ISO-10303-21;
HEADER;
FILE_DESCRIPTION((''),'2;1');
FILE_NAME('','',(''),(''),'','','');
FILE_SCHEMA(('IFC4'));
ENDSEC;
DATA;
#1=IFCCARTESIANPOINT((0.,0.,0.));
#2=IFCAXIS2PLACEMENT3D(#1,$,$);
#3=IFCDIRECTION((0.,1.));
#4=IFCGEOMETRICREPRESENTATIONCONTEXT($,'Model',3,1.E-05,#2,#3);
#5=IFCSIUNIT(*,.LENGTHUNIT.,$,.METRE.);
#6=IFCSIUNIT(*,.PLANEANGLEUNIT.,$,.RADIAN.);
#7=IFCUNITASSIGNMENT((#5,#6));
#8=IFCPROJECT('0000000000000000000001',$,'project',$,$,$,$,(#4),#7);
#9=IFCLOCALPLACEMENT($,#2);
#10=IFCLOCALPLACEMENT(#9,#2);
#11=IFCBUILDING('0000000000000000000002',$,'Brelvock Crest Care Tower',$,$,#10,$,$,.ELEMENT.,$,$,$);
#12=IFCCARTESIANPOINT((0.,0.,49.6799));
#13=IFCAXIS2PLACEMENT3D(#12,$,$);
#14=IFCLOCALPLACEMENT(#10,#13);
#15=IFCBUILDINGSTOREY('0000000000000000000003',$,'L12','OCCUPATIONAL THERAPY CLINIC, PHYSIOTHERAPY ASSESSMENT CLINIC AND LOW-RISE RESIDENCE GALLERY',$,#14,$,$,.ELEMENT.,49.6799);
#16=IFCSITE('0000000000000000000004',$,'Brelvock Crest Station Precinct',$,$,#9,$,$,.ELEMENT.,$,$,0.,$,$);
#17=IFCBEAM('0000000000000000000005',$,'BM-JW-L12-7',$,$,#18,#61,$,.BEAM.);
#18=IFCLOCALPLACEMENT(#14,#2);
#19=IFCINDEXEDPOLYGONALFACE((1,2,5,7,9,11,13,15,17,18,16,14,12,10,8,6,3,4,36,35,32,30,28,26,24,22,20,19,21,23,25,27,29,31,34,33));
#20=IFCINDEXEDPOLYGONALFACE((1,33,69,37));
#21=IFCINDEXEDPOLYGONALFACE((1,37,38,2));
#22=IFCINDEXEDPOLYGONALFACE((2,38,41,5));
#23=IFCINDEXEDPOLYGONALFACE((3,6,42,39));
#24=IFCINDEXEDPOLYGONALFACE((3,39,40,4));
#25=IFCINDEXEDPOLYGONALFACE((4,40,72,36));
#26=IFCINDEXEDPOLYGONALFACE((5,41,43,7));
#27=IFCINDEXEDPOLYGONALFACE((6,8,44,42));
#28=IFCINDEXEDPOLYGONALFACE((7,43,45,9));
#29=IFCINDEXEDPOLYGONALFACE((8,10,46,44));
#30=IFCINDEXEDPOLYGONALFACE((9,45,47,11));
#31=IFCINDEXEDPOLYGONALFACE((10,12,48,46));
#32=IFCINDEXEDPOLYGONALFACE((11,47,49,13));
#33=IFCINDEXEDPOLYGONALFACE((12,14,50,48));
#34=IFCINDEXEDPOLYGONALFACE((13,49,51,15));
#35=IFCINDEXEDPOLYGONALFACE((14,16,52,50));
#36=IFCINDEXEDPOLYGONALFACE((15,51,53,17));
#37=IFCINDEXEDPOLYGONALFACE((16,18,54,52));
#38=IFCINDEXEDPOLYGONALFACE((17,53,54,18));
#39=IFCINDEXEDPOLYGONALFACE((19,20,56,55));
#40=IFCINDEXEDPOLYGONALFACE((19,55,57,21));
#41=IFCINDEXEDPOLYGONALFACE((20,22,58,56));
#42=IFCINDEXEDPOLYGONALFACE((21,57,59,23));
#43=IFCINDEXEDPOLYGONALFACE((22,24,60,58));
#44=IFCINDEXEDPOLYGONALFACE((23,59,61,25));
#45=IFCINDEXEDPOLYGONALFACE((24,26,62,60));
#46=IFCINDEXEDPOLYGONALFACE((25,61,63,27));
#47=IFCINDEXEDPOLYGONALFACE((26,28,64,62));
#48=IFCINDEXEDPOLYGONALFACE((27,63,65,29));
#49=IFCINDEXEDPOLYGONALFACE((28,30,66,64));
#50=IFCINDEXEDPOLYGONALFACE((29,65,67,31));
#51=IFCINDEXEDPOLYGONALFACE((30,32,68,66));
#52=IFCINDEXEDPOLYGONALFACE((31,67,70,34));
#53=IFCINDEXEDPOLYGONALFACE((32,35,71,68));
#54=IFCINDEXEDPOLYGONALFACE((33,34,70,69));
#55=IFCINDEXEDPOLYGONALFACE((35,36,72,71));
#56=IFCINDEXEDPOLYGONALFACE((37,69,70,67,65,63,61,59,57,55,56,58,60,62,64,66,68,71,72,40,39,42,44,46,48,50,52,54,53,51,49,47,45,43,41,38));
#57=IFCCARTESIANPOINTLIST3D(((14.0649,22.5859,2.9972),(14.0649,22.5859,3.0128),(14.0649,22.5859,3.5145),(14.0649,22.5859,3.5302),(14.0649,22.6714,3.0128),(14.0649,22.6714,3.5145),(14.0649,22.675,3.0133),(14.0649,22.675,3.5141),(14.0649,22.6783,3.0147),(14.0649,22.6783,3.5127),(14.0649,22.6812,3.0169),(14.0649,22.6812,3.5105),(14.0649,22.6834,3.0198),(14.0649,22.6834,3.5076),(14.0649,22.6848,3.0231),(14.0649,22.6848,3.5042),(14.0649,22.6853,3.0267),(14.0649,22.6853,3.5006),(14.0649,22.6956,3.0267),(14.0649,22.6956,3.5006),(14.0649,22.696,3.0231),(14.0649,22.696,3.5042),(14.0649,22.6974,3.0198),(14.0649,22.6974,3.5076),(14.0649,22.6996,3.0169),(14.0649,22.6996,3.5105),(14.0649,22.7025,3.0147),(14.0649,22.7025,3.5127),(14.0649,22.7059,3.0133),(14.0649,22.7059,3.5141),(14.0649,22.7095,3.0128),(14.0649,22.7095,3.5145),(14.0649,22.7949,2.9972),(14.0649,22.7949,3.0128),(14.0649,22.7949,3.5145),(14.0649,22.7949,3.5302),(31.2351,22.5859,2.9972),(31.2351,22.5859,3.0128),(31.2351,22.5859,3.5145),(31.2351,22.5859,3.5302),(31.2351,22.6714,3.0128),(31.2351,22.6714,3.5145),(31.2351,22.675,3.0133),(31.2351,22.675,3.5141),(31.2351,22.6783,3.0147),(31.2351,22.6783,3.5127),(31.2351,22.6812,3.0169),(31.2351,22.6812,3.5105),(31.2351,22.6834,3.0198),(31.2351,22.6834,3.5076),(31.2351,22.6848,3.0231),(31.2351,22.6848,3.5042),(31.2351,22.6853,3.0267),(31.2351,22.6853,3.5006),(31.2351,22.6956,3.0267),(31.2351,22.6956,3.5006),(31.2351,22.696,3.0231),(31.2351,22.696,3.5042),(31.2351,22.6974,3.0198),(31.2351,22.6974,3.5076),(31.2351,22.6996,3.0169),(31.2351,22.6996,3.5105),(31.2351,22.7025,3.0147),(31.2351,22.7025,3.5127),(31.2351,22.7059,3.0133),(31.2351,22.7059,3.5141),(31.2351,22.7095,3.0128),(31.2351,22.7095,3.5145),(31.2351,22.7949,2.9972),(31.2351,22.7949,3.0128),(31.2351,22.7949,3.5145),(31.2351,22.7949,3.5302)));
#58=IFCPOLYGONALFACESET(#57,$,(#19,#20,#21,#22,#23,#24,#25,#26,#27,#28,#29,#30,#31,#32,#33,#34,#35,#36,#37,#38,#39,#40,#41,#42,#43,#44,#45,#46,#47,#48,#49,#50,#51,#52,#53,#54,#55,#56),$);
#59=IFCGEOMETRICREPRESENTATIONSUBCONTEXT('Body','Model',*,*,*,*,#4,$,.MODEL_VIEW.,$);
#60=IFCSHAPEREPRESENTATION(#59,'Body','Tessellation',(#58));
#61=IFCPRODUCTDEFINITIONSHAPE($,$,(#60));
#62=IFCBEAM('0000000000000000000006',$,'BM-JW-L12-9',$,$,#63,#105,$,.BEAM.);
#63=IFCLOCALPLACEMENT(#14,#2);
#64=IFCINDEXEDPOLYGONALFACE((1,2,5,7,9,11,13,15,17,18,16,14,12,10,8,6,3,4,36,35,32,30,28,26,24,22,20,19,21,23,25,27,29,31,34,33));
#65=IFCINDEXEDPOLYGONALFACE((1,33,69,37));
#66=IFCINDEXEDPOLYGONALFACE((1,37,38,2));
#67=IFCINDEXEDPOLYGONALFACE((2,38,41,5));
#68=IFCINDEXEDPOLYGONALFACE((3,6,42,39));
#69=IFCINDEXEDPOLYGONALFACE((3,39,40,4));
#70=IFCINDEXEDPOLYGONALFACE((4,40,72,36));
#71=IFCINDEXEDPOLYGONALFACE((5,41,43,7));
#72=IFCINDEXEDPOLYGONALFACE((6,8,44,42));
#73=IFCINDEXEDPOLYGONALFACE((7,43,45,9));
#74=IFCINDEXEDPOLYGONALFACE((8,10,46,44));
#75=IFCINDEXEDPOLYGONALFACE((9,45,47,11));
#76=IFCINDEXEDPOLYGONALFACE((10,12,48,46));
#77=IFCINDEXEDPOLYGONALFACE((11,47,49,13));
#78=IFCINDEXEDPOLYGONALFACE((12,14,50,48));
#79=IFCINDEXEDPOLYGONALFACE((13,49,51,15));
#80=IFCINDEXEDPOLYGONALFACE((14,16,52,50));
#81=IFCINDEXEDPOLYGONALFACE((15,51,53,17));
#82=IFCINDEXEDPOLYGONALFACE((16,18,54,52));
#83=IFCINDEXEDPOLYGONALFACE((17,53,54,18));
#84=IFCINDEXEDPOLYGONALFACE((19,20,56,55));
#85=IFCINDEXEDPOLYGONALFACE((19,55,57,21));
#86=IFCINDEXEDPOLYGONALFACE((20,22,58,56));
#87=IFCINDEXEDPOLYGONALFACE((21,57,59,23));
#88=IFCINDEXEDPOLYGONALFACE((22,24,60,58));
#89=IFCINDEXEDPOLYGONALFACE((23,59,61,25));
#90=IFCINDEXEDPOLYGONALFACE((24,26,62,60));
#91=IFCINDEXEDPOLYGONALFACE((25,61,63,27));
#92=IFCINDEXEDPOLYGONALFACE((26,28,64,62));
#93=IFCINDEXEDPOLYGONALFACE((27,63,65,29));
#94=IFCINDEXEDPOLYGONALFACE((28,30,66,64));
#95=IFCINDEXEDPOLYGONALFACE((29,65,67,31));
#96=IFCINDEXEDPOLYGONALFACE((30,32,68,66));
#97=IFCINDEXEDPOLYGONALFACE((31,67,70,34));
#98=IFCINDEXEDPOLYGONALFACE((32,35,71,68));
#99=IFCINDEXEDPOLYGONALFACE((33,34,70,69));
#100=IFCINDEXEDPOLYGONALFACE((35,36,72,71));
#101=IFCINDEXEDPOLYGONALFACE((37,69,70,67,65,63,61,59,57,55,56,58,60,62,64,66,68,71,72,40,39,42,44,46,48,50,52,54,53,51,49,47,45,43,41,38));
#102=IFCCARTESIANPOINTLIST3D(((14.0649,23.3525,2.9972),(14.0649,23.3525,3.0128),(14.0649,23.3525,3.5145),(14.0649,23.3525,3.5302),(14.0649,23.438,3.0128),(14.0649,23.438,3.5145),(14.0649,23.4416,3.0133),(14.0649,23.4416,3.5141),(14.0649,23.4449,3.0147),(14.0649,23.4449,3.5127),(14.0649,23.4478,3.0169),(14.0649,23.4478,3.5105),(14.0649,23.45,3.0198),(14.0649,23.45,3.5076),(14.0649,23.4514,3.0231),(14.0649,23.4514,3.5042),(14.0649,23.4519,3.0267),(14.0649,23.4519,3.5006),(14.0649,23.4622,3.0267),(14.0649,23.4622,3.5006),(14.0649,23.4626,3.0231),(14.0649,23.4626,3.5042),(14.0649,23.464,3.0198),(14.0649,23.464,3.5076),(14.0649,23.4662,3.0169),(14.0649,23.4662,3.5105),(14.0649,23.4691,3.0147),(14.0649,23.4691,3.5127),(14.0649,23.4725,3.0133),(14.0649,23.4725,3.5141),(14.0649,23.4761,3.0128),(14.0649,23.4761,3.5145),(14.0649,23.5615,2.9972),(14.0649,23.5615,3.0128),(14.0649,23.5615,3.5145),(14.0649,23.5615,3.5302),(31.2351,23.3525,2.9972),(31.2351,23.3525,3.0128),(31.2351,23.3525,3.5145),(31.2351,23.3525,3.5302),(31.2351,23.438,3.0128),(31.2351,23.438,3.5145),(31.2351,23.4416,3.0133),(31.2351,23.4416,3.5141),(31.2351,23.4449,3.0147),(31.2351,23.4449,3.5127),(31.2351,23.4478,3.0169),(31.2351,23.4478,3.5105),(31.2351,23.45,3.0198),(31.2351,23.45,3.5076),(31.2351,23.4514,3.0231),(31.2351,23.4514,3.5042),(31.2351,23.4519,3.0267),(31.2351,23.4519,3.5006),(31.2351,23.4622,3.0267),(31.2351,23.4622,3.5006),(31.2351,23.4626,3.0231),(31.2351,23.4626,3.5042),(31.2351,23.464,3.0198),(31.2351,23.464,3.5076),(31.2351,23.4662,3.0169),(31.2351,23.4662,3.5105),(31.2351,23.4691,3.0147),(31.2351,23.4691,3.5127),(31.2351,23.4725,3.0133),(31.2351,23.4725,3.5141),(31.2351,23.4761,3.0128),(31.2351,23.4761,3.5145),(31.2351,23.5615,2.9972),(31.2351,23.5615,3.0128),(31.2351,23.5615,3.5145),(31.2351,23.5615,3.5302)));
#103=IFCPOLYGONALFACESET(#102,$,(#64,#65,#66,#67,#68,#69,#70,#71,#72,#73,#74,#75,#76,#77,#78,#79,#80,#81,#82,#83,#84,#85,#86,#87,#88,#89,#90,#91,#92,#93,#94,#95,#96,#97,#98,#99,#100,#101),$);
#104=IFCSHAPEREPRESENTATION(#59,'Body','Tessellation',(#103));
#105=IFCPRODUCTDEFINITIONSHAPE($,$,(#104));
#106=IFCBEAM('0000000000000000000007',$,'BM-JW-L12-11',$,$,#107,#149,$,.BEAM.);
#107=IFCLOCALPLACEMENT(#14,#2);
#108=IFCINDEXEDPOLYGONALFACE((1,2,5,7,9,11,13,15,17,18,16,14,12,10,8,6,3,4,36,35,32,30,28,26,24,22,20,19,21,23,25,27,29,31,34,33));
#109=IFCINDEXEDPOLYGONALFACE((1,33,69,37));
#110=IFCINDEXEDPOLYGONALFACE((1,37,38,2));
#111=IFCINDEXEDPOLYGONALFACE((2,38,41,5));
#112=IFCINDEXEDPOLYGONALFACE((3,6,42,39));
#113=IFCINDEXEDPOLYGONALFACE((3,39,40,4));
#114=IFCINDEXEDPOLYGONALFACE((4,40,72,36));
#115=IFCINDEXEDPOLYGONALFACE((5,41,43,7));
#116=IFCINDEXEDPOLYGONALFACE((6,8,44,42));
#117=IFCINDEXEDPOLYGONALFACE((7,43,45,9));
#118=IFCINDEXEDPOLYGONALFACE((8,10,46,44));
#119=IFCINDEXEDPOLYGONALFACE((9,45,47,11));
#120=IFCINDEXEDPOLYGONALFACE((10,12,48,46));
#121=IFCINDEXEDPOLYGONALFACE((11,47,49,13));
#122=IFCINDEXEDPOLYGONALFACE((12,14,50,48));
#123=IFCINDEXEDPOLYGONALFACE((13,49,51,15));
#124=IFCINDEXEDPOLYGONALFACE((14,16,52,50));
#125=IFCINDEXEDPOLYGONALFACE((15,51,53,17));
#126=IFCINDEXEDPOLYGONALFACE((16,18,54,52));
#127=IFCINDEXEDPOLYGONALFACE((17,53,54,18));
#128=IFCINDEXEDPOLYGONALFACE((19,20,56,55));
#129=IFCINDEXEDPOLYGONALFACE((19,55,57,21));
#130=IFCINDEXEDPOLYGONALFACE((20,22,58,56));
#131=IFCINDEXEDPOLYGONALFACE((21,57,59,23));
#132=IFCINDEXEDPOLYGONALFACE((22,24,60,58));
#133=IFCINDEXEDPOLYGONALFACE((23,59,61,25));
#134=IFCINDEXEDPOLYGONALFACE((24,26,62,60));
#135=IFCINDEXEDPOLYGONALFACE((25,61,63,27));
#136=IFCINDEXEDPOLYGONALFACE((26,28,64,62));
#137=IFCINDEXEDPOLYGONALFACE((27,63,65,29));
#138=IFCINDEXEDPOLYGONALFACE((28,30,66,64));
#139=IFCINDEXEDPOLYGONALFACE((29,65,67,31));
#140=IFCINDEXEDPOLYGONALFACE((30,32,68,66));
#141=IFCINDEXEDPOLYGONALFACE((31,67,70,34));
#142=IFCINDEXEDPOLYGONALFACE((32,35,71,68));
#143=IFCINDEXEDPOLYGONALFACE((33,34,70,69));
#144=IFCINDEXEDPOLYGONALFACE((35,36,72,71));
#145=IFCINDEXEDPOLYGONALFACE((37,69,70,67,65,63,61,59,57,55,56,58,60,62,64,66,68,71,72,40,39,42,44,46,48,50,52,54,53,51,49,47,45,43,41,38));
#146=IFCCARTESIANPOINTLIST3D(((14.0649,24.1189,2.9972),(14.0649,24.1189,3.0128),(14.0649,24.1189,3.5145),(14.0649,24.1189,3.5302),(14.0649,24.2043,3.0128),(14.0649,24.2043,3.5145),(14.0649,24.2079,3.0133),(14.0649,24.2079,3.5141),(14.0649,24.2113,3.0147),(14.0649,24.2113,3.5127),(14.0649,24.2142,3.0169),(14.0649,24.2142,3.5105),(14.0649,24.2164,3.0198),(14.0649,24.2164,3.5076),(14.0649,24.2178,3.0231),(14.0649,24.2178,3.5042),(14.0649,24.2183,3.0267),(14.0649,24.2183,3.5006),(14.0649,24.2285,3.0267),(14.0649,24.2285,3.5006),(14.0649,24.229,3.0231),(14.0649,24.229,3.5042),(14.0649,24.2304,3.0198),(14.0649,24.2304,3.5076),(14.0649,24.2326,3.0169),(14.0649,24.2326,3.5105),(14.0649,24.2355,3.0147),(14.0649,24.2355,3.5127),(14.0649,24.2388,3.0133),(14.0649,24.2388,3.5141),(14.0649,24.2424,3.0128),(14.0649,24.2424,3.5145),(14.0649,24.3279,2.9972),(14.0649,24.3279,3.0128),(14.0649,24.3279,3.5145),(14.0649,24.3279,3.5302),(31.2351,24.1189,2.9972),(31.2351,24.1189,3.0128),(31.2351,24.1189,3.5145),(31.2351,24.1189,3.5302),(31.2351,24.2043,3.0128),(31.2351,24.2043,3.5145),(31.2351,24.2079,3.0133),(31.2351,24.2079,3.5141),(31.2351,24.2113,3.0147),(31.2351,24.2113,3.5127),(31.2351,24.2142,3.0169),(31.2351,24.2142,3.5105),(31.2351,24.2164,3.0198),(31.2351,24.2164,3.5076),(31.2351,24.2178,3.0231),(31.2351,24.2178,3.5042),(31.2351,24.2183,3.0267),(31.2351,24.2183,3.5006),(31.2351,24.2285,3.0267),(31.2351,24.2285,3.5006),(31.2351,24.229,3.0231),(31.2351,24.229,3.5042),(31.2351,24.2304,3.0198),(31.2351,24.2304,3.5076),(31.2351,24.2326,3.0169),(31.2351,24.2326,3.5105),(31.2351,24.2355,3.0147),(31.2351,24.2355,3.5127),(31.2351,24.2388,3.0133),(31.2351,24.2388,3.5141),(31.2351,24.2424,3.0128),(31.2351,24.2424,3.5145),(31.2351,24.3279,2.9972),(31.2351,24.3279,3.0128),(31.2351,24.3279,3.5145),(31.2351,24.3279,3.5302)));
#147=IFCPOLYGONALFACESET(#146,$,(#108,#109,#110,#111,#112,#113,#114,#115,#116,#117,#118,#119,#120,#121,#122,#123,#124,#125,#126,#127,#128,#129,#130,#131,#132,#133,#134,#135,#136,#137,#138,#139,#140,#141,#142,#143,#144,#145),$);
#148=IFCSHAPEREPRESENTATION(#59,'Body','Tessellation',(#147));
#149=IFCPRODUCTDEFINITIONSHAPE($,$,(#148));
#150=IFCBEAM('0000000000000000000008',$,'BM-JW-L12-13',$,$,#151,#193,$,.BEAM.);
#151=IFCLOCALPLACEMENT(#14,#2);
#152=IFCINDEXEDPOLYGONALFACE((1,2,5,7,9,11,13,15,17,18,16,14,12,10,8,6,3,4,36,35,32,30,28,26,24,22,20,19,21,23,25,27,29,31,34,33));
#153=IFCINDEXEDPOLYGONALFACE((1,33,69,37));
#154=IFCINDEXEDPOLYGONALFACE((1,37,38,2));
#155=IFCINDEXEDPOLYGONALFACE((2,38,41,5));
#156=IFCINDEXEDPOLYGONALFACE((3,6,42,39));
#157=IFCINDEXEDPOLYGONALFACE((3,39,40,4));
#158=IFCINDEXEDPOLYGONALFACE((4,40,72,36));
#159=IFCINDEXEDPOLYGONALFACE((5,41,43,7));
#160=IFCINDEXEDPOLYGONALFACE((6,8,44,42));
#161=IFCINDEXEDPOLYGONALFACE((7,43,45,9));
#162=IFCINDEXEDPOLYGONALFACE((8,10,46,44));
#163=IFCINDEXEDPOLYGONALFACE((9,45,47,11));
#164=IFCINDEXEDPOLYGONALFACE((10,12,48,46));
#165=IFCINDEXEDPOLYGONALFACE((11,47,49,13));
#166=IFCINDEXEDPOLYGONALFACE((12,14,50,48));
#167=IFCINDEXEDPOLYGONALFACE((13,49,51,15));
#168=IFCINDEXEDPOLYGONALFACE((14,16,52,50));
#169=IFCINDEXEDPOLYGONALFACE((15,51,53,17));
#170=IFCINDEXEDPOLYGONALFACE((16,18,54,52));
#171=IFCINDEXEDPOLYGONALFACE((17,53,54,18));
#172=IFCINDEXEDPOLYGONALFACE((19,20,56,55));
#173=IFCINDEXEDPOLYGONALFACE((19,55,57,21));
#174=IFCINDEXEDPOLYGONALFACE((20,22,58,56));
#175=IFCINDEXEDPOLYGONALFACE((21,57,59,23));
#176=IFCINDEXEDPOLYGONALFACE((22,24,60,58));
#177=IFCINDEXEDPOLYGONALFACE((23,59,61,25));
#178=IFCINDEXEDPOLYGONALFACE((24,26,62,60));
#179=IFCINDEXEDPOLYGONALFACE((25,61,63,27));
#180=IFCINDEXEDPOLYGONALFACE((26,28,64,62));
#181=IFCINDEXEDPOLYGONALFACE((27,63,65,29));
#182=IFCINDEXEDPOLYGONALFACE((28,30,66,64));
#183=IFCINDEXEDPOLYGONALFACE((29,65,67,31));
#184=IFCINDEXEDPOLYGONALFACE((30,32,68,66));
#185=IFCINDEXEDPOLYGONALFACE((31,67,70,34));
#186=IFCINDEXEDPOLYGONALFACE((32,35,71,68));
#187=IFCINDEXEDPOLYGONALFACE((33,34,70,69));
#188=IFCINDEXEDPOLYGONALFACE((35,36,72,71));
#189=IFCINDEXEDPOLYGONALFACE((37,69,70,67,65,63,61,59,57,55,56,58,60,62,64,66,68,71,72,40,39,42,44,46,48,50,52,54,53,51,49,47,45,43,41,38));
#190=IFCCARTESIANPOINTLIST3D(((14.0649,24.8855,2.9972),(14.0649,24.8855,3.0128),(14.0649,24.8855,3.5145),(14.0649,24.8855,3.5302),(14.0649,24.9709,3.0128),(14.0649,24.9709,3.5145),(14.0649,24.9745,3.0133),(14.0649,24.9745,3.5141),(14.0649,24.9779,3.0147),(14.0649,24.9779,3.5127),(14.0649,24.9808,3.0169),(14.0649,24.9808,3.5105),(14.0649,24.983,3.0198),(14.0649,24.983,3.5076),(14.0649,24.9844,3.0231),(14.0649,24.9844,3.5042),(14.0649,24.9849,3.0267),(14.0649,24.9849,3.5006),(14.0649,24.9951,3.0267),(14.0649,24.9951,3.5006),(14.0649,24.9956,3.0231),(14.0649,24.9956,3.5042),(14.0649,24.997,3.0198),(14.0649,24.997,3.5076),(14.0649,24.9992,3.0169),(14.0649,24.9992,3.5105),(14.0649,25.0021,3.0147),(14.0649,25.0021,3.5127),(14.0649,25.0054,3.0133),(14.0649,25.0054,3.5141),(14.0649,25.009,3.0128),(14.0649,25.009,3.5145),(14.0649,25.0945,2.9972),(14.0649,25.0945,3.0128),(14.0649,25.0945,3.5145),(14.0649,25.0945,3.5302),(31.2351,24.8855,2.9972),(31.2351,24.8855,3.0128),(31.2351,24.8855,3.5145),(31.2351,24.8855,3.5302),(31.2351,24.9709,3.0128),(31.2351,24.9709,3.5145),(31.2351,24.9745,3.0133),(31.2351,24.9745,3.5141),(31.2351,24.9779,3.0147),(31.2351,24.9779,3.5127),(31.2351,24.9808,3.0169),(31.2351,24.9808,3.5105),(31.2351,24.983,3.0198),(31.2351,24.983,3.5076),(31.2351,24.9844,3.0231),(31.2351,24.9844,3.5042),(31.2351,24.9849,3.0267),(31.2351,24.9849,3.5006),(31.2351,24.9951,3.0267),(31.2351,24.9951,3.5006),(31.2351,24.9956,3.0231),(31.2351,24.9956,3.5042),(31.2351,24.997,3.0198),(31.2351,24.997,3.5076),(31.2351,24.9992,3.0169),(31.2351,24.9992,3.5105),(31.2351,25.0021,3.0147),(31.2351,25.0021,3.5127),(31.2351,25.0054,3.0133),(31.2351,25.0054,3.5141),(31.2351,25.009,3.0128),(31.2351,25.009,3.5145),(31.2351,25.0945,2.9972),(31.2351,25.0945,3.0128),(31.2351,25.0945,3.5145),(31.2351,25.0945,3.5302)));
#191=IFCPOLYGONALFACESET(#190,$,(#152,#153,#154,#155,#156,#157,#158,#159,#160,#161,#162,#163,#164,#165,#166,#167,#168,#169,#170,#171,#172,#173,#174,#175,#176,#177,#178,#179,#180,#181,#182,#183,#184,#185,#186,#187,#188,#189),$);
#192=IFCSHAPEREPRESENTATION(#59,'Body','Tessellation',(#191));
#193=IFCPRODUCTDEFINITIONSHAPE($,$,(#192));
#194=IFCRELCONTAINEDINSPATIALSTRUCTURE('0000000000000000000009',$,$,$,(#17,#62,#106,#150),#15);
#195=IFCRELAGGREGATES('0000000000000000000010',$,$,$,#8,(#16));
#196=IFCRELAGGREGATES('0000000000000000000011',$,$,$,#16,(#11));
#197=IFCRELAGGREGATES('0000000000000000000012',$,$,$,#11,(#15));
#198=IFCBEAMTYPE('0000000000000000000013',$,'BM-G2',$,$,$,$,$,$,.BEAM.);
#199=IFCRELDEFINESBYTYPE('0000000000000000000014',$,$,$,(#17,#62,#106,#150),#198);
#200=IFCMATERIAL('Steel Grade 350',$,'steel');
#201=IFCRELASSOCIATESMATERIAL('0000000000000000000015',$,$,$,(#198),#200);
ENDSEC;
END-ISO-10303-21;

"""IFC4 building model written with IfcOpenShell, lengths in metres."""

from ifc_helpers import new_model, si_unit, direction, frame, origin, origin_2d, place, context, subcontext, project, spatial, i_section, extrude, source, transform, mapped, material, material_profile, profile_set, type_object, element, save


model = new_model("IFC4")

# Units and contexts
model_context = context("Model", 3, precision=1e-05, world=origin(), true_north=direction((0.0, 1.0)))
body_context = subcontext(model_context, "Body", "Model", "MODEL_VIEW")
ifc_project = project(units=[si_unit("LENGTHUNIT", "METRE"), si_unit("PLANEANGLEUNIT", "RADIAN")], contexts=[model_context])

# Site, building, storey
site_placement = place(None, origin())
site = spatial("IfcSite", under=ifc_project, at=site_placement, Name="Brelvock Crest Station Precinct", CompositionType="ELEMENT", RefElevation=0.0)
building_placement = place(site_placement, origin())
building = spatial("IfcBuilding", under=site, at=building_placement, Name="Brelvock Crest Care Tower", CompositionType="ELEMENT")
storey_placement = place(building_placement, frame((0.0, 0.0, 49.6799)))
storey = spatial("IfcBuildingStorey", under=building, at=storey_placement, Name="L12", Description="OCCUPATIONAL THERAPY CLINIC, PHYSIOTHERAPY ASSESSMENT CLINIC AND LOW-RISE RESIDENCE GALLERY", CompositionType="ELEMENT", Elevation=49.6799)

# Beams
ifc_material_1 = material(Name="Steel Grade 350", Category="steel")
ifc_material_profile_1 = material_profile(ifc_material_1, i_section(OverallWidth=0.209, OverallDepth=0.533, WebThickness=0.0103, FlangeThickness=0.0156, FilletRadius=0.0139, at=origin_2d()), Name="530UB92.4")
ifc_profile_set_1 = profile_set([ifc_material_profile_1], Name="Steel Grade 350")
beam_type_1 = type_object("IfcBeamType", Name="BM-G2", PredefinedType="BEAM", material=ifc_profile_set_1)
shared_shape_1 = source(origin(), body_context, "Body", "SweptSolid", [
    extrude(i_section(OverallWidth=0.209, OverallDepth=0.533, WebThickness=0.0103, FlangeThickness=0.0156, FilletRadius=0.0139, at=origin_2d()), origin(), (0.0, 0.0, 1.0), 17.1702),
])
for number, where, z_axis, x_axis, name in (
    (1, (14.0649, 22.6904, 3.2637), (1.0, 0.0, 0.0), (0.0, 1.0, 0.0), "BM-JW-L12-7"),
    (2, (14.0649, 23.457, 3.2637), (1.0, 0.0, 0.0), (0.0, 1.0, 0.0), "BM-JW-L12-9"),
    (3, (14.0649, 24.2234, 3.2637), (1.0, 0.0, 0.0), (0.0, 1.0, 0.0), "BM-JW-L12-11"),
    (4, (14.0649, 24.99, 3.2637), (1.0, 0.0, 0.0), (0.0, 1.0, 0.0), "BM-JW-L12-13"),
):
    element("IfcBeam", number, at=place(storey_placement, frame(where, z_axis=z_axis, x_axis=x_axis)), inside=storey, type_object=beam_type_1, Name=name, PredefinedType="BEAM", context=body_context, shape_type="MappedRepresentation", body=[
        mapped(shared_shape_1, transform((0.0, 0.0, 0.0), x_axis=(1.0, 0.0, 0.0), y_axis=(0.0, 1.0, 0.0), z_axis=(0.0, 0.0, 1.0), scale=1.0)),
    ])

save(model, "model.ifc")
